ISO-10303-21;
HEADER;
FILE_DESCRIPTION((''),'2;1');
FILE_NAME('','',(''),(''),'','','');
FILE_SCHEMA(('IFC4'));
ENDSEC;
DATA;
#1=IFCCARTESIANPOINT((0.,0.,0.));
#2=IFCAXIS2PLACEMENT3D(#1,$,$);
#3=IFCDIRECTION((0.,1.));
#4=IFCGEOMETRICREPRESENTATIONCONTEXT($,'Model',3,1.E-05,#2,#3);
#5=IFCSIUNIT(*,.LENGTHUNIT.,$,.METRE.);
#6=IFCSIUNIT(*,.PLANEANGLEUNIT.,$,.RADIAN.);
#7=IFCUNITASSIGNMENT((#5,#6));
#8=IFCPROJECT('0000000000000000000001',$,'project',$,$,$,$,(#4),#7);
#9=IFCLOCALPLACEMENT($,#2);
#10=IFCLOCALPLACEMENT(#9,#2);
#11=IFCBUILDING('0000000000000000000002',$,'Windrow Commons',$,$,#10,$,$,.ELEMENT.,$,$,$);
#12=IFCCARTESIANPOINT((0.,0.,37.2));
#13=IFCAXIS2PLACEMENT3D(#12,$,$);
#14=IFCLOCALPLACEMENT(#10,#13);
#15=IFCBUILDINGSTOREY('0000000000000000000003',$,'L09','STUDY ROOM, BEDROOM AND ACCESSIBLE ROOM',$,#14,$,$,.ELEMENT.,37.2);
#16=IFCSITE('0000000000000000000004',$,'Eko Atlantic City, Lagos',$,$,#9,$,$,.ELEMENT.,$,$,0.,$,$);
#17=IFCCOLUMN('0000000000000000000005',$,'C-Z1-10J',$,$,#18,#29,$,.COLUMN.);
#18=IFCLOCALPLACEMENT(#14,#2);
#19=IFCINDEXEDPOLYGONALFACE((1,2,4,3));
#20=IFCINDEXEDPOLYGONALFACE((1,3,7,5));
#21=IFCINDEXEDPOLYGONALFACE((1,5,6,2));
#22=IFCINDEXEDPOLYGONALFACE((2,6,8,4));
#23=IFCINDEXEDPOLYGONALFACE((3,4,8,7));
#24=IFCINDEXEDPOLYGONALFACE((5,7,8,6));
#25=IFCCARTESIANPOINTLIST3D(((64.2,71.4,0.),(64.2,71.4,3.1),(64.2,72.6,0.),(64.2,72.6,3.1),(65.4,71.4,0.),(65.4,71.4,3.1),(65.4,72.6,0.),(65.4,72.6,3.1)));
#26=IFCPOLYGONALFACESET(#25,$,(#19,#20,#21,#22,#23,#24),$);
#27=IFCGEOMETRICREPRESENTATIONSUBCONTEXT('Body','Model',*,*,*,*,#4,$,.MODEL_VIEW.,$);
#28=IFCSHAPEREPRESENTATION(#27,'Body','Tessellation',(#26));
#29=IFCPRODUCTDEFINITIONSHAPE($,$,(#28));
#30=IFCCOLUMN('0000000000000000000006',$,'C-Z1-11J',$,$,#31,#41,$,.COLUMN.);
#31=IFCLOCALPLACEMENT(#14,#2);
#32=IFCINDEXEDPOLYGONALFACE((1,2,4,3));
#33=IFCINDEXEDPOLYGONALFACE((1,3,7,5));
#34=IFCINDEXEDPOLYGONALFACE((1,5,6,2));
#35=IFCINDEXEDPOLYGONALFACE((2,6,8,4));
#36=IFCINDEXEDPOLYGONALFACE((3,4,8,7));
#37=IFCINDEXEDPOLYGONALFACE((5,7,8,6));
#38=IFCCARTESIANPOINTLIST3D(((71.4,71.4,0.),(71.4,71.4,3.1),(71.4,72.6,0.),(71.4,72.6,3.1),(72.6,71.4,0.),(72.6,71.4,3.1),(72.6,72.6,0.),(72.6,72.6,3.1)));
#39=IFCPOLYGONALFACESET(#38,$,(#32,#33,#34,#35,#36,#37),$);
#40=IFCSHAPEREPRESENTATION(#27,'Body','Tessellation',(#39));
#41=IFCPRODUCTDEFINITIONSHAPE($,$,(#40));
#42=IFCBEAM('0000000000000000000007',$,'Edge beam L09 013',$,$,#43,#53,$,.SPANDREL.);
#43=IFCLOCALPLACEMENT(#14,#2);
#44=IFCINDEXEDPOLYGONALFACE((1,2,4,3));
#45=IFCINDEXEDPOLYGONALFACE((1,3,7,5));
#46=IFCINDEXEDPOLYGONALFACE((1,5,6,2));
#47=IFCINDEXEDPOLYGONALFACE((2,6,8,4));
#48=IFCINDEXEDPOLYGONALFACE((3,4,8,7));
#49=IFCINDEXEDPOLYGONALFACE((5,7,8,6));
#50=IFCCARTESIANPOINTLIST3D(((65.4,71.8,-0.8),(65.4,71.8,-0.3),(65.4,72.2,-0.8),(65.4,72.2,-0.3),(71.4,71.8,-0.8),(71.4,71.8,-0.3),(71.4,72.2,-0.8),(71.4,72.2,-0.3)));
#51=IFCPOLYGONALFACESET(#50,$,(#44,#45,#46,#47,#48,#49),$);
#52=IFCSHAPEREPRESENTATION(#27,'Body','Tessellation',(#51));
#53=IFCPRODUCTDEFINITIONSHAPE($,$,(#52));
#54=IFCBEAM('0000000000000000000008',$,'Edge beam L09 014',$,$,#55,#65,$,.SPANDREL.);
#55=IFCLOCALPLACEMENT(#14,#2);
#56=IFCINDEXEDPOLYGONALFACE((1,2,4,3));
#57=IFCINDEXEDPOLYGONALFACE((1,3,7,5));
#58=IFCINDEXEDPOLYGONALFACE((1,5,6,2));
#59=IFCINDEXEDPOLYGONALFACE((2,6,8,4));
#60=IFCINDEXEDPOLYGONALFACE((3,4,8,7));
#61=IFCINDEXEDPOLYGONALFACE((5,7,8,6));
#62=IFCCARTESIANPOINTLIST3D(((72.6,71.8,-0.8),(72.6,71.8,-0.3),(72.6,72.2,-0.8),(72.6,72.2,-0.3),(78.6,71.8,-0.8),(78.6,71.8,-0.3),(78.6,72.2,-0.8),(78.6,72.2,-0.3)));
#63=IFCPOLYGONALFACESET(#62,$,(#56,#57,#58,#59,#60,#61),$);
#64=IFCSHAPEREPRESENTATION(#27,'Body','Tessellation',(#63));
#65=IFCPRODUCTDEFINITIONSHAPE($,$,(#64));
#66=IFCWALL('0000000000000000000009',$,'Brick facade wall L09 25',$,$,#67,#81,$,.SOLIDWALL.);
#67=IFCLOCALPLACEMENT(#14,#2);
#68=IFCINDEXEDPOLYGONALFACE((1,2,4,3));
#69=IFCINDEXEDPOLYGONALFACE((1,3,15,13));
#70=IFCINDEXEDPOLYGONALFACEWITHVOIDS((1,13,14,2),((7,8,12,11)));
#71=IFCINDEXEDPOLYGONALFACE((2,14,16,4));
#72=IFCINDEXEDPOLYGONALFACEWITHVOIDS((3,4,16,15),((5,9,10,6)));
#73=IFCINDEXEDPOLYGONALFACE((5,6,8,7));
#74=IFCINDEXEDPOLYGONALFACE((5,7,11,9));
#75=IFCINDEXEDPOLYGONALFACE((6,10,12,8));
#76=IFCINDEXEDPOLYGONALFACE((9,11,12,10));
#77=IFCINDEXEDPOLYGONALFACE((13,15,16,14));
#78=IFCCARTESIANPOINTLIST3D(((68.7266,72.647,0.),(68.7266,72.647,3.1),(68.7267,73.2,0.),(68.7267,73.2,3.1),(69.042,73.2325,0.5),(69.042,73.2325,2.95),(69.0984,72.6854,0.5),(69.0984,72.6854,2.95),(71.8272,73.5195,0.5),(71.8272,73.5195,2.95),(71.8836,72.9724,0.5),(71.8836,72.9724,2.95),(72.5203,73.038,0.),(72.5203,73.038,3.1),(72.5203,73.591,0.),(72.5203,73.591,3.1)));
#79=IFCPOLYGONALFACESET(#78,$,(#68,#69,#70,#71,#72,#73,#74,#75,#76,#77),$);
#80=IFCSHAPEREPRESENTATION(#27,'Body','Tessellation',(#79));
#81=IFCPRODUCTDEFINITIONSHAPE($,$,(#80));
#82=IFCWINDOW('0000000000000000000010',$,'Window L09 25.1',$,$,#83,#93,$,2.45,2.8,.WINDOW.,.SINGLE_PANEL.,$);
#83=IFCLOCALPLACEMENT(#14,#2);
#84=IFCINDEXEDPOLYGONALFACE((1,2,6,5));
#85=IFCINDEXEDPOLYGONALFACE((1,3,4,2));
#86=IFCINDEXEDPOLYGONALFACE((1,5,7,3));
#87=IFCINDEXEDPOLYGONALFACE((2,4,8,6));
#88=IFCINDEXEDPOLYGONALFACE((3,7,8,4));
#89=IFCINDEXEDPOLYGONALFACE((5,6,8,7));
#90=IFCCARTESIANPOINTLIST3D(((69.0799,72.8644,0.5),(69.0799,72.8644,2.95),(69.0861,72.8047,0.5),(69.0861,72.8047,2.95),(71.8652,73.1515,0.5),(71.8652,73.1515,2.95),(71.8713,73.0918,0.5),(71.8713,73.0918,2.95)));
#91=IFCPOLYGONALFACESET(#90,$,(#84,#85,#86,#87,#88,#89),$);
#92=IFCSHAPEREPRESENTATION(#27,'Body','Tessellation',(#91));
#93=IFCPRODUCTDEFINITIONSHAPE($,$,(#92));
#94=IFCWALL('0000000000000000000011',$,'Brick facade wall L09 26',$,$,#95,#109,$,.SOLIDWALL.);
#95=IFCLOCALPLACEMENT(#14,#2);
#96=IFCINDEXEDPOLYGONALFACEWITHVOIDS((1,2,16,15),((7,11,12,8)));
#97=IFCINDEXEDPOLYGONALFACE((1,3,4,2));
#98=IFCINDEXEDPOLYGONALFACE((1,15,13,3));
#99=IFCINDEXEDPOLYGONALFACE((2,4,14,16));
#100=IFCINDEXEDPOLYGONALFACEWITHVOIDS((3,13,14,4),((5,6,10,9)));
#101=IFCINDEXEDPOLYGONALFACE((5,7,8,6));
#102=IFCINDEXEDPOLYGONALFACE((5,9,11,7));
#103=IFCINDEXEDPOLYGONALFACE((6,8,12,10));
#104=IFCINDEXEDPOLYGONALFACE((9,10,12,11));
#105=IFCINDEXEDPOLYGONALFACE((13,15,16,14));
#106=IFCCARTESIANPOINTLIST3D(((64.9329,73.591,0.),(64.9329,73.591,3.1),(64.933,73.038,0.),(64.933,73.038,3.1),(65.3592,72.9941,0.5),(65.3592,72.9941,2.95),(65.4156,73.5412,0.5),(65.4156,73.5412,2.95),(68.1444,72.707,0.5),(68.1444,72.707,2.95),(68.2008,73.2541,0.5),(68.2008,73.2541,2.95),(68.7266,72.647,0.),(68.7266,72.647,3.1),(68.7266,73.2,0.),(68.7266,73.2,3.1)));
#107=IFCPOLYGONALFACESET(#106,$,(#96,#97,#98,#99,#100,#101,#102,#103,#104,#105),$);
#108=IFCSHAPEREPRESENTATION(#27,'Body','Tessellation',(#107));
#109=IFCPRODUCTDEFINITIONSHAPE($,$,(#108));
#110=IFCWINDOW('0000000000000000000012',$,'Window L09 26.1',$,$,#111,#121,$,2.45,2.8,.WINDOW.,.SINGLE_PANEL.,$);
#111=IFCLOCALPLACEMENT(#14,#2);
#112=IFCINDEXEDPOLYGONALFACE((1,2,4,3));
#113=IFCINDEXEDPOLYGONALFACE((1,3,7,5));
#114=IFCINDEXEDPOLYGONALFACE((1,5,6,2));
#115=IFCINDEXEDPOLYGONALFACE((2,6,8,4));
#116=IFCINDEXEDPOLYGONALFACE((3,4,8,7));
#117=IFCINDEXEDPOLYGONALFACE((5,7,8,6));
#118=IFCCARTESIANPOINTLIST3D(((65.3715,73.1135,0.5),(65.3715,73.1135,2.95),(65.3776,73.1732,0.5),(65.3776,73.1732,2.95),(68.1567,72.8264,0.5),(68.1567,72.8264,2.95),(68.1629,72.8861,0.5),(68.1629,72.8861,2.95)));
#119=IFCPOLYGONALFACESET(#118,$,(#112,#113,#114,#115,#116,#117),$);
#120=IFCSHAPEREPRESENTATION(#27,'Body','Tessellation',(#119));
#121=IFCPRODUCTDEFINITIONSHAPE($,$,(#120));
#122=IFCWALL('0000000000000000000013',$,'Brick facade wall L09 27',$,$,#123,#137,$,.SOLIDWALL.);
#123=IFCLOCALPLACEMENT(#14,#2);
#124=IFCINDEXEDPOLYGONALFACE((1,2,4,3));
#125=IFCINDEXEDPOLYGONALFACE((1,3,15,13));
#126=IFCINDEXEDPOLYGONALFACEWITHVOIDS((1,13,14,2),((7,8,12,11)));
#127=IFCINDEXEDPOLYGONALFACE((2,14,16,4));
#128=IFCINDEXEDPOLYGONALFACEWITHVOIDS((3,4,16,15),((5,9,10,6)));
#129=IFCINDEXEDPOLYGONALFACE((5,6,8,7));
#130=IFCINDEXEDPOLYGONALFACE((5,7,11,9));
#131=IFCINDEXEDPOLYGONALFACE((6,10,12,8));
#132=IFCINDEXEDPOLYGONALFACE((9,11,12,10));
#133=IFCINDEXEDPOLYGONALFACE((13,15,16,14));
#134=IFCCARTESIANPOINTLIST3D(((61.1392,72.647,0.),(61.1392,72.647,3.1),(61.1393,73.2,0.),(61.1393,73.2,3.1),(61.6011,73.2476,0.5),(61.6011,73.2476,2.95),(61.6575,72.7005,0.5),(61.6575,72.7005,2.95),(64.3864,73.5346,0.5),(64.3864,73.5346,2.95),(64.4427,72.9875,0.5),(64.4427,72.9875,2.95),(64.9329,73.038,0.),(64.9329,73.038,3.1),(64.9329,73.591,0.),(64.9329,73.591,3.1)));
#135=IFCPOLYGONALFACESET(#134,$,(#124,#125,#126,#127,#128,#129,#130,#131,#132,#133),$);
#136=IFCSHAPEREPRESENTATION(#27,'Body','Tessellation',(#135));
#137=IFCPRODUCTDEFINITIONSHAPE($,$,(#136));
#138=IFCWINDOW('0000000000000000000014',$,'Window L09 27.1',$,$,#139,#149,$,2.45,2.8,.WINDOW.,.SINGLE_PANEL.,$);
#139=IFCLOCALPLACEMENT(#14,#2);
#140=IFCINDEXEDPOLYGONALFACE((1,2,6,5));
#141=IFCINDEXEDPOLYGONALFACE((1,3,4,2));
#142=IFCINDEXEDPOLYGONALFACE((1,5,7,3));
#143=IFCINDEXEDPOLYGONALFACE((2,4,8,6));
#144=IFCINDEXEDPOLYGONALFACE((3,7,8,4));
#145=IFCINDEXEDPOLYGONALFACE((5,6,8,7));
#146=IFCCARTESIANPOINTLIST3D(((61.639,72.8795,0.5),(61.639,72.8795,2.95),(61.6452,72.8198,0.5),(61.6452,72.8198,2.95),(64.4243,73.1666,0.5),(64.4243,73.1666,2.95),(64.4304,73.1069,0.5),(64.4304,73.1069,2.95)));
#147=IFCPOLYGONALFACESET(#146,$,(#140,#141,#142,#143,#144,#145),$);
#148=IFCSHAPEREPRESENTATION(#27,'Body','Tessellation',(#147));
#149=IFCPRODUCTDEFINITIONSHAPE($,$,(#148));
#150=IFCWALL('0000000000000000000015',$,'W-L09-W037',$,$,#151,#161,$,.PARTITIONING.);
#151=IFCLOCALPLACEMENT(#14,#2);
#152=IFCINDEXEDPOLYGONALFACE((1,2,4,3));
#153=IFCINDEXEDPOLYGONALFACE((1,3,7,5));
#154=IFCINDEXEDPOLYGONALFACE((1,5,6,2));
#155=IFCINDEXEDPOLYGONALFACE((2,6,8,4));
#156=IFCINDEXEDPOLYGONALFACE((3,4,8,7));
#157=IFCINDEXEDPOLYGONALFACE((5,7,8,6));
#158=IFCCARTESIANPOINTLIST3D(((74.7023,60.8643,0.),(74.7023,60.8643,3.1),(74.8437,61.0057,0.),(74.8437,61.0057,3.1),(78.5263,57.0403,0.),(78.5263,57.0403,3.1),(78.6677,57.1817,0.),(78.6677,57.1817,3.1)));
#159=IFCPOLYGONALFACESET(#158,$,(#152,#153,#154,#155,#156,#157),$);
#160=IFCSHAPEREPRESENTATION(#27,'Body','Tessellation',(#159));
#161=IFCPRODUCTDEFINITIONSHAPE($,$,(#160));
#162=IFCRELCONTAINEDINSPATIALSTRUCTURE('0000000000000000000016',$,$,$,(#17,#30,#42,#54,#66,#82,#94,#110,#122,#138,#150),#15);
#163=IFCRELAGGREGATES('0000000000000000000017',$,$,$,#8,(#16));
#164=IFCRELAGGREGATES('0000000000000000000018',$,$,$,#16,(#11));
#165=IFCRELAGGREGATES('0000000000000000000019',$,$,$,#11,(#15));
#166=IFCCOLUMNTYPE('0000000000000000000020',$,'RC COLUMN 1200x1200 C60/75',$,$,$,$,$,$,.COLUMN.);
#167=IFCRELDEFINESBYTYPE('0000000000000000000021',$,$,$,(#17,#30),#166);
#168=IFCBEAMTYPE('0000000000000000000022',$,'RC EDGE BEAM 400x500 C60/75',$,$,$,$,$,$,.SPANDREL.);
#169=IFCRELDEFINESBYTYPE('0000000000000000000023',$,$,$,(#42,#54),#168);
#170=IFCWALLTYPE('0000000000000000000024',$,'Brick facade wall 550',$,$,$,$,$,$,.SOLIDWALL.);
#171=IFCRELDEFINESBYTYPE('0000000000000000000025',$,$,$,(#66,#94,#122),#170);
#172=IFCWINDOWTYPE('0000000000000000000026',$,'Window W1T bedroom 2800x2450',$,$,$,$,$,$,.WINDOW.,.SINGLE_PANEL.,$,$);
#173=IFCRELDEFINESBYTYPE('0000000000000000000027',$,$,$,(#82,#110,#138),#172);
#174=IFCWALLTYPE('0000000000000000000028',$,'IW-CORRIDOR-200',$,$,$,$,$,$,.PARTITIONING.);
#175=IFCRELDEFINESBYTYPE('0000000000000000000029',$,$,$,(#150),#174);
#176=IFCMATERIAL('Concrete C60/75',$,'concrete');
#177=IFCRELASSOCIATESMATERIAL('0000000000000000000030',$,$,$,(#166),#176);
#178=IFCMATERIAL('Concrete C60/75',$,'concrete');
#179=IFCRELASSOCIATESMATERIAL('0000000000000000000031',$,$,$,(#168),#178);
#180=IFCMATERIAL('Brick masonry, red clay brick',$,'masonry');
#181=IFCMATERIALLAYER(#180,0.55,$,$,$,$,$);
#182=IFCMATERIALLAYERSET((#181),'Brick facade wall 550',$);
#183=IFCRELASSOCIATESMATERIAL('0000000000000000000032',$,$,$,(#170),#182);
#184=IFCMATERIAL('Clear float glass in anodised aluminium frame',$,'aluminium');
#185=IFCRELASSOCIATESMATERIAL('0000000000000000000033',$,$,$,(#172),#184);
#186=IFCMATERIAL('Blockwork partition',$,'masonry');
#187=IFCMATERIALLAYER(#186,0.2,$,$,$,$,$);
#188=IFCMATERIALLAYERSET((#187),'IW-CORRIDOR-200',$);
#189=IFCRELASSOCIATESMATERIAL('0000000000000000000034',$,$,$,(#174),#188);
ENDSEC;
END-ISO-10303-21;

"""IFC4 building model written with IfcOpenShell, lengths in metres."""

from ifc_helpers import new_model, si_unit, direction, frame, frame_2d, origin, origin_2d, place, context, subcontext, project, spatial, polyline, rectangle, outline, extrude, material, layer, layer_set, material_profile, profile_set, type_object, element, fill, save


model = new_model("IFC4")

# Units and contexts
model_context = context("Model", 3, precision=1e-05, world=origin(), true_north=direction((0.0, 1.0)))
body_context = subcontext(model_context, "Body", "Model", "MODEL_VIEW")
ifc_project = project(units=[si_unit("LENGTHUNIT", "METRE"), si_unit("PLANEANGLEUNIT", "RADIAN")], contexts=[model_context])

# Site, building, storey
site_placement = place(None, origin())
site = spatial("IfcSite", under=ifc_project, at=site_placement, Name="Eko Atlantic City, Lagos", CompositionType="ELEMENT", RefElevation=0.0)
building_placement = place(site_placement, origin())
building = spatial("IfcBuilding", under=site, at=building_placement, Name="Windrow Commons", CompositionType="ELEMENT")
storey_placement = place(building_placement, frame((0.0, 0.0, 37.2)))
storey = spatial("IfcBuildingStorey", under=building, at=storey_placement, Name="L09", Description="STUDY ROOM, BEDROOM AND ACCESSIBLE ROOM", CompositionType="ELEMENT", Elevation=37.2)

# Columns
ifc_material_1 = material(Name="Concrete C60/75", Category="concrete")
ifc_material_profile_1 = material_profile(ifc_material_1, rectangle(XDim=1.2, YDim=1.2, at=origin_2d()))
ifc_profile_set_1 = profile_set([ifc_material_profile_1], Name="Concrete C60/75")
column_type = type_object("IfcColumnType", Name="RC COLUMN 1200x1200 C60/75", PredefinedType="COLUMN", material=ifc_profile_set_1)
for number, where, z_axis, x_axis, name in (
    (1, (64.8, 72.0, 0.0), (0.0, 0.0, 1.0), (1.0, 0.0, 0.0), "C-Z1-10J"),
    (2, (72.0, 72.0, 0.0), (0.0, 0.0, 1.0), (1.0, 0.0, 0.0), "C-Z1-11J"),
):
    element("IfcColumn", number, at=place(storey_placement, frame(where, z_axis=z_axis, x_axis=x_axis)), inside=storey, type_object=column_type, Name=name, PredefinedType="COLUMN", context=body_context, shape_type="SweptSolid", body=[
        extrude(rectangle(XDim=1.2, YDim=1.2, at=origin_2d()), origin(), (0.0, 0.0, 1.0), 3.1),
    ])

# Beams
ifc_material_2 = material(Name="Concrete C60/75", Category="concrete")
ifc_material_profile_2 = material_profile(ifc_material_2, rectangle(XDim=0.4, YDim=0.5, at=origin_2d()))
ifc_profile_set_2 = profile_set([ifc_material_profile_2], Name="Concrete C60/75")
beam_type = type_object("IfcBeamType", Name="RC EDGE BEAM 400x500 C60/75", PredefinedType="SPANDREL", material=ifc_profile_set_2)
for number, where, z_axis, x_axis, name in (
    (3, (65.4, 72.0, -0.55), (1.0, 0.0, 0.0), (0.0, 1.0, 0.0), "Edge beam L09 013"),
    (4, (72.6, 72.0, -0.55), (1.0, 0.0, 0.0), (0.0, 1.0, 0.0), "Edge beam L09 014"),
):
    element("IfcBeam", number, at=place(storey_placement, frame(where, z_axis=z_axis, x_axis=x_axis)), inside=storey, type_object=beam_type, Name=name, PredefinedType="SPANDREL", context=body_context, shape_type="SweptSolid", body=[
        extrude(rectangle(XDim=0.4, YDim=0.5, at=origin_2d()), origin(), (0.0, 0.0, 1.0), 6.0),
    ])

# Walls, openings, windows
ifc_material_3 = material(Name="Brick masonry, red clay brick", Category="masonry")
ifc_layer_1 = layer(ifc_material_3, 0.55)
ifc_layer_set_1 = layer_set([ifc_layer_1], Name="Brick facade wall 550")
wall_type_1 = type_object("IfcWallType", Name="Brick facade wall 550", PredefinedType="SOLIDWALL", material=ifc_layer_set_1)
wall_1_placement = place(storey_placement, frame((72.5203, 73.3145, 0.0), z_axis=(0.0, 0.0, 1.0), x_axis=(-0.994731, -0.102523, 0.0)))
wall_1 = element("IfcWall", 5, at=wall_1_placement, inside=storey, type_object=wall_type_1, Name="Brick facade wall L09 25", PredefinedType="SOLIDWALL", context=body_context, shape_type="SweptSolid", body=[
    extrude(outline(polyline([(-0.0283, -0.275), (3.7854, -0.275), (3.8421, 0.275), (0.0283, 0.275), (-0.0283, -0.275)])), origin(), (0.0, 0.0, 1.0), 3.1),
])
opening_1_placement = place(wall_1_placement, frame((0.6684, 0.0, 0.5)))
opening_1 = element("IfcOpeningElement", 6, at=opening_1_placement, cuts=wall_1, PredefinedType="OPENING", context=body_context, shape_type="SweptSolid", body=[
    extrude(rectangle(XDim=2.8, YDim=2.45, at=frame_2d((1.4, 1.225))), frame((0.0, 0.285, 0.0), z_axis=(0.0, -1.0, 0.0), x_axis=(1.0, 0.0, 0.0)), (0.0, 0.0, 1.0), 0.57),
])
ifc_material_4 = material(Name="Clear float glass in anodised aluminium frame", Category="aluminium")
window_type = type_object("IfcWindowType", Name="Window W1T bedroom 2800x2450", PartitioningType="SINGLE_PANEL", PredefinedType="WINDOW", material=ifc_material_4)
window_1_placement = place(opening_1_placement, origin())
window_1 = element("IfcWindow", 7, at=window_1_placement, inside=storey, type_object=window_type, Name="Window L09 25.1", OverallHeight=2.45, OverallWidth=2.8, PartitioningType="SINGLE_PANEL", PredefinedType="WINDOW", context=body_context, shape_type="SweptSolid", body=[
    extrude(rectangle(XDim=2.8, YDim=2.45, at=frame_2d((1.4, 1.225))), frame((0.0, 0.155, 0.0), z_axis=(0.0, -1.0, 0.0), x_axis=(1.0, 0.0, 0.0)), (0.0, 0.0, 1.0), 0.06),
])
fill(opening_1, window_1)
wall_2_placement = place(storey_placement, frame((68.7266, 72.9235, 0.0), z_axis=(0.0, 0.0, 1.0), x_axis=(-0.994731, 0.102523, 0.0)))
wall_2 = element("IfcWall", 8, at=wall_2_placement, inside=storey, type_object=wall_type_1, Name="Brick facade wall L09 26", PredefinedType="SOLIDWALL", context=body_context, shape_type="SweptSolid", body=[
    extrude(outline(polyline([(0.0283, -0.275), (3.8421, -0.275), (3.7854, 0.275), (-0.0283, 0.275), (0.0283, -0.275)])), origin(), (0.0, 0.0, 1.0), 3.1),
])
opening_2_placement = place(wall_2_placement, frame((0.5569, 0.0, 0.5)))
opening_2 = element("IfcOpeningElement", 9, at=opening_2_placement, cuts=wall_2, PredefinedType="OPENING", context=body_context, shape_type="SweptSolid", body=[
    extrude(rectangle(XDim=2.8, YDim=2.45, at=frame_2d((1.4, 1.225))), frame((0.0, 0.285, 0.0), z_axis=(0.0, -1.0, 0.0), x_axis=(1.0, 0.0, 0.0)), (0.0, 0.0, 1.0), 0.57),
])
window_2_placement = place(opening_2_placement, origin())
window_2 = element("IfcWindow", 10, at=window_2_placement, inside=storey, type_object=window_type, Name="Window L09 26.1", OverallHeight=2.45, OverallWidth=2.8, PartitioningType="SINGLE_PANEL", PredefinedType="WINDOW", context=body_context, shape_type="SweptSolid", body=[
    extrude(rectangle(XDim=2.8, YDim=2.45, at=frame_2d((1.4, 1.225))), frame((0.0, 0.155, 0.0), z_axis=(0.0, -1.0, 0.0), x_axis=(1.0, 0.0, 0.0)), (0.0, 0.0, 1.0), 0.06),
])
fill(opening_2, window_2)
wall_3_placement = place(storey_placement, frame((64.9329, 73.3145, 0.0), z_axis=(0.0, 0.0, 1.0), x_axis=(-0.99473, -0.102525, 0.0)))
wall_3 = element("IfcWall", 11, at=wall_3_placement, inside=storey, type_object=wall_type_1, Name="Brick facade wall L09 27", PredefinedType="SOLIDWALL", context=body_context, shape_type="SweptSolid", body=[
    extrude(outline(polyline([(-0.0283, -0.275), (3.7854, -0.275), (3.8421, 0.275), (0.0283, 0.275), (-0.0283, -0.275)])), origin(), (0.0, 0.0, 1.0), 3.1),
])
opening_3_placement = place(wall_3_placement, frame((0.5211, 0.0, 0.5)))
opening_3 = element("IfcOpeningElement", 12, at=opening_3_placement, cuts=wall_3, PredefinedType="OPENING", context=body_context, shape_type="SweptSolid", body=[
    extrude(rectangle(XDim=2.8, YDim=2.45, at=frame_2d((1.4, 1.225))), frame((0.0, 0.285, 0.0), z_axis=(0.0, -1.0, 0.0), x_axis=(1.0, 0.0, 0.0)), (0.0, 0.0, 1.0), 0.57),
])
window_3_placement = place(opening_3_placement, origin())
window_3 = element("IfcWindow", 13, at=window_3_placement, inside=storey, type_object=window_type, Name="Window L09 27.1", OverallHeight=2.45, OverallWidth=2.8, PartitioningType="SINGLE_PANEL", PredefinedType="WINDOW", context=body_context, shape_type="SweptSolid", body=[
    extrude(rectangle(XDim=2.8, YDim=2.45, at=frame_2d((1.4, 1.225))), frame((0.0, 0.155, 0.0), z_axis=(0.0, -1.0, 0.0), x_axis=(1.0, 0.0, 0.0)), (0.0, 0.0, 1.0), 0.06),
])
fill(opening_3, window_3)

# Wall
ifc_material_5 = material(Name="Blockwork partition", Category="masonry")
ifc_layer_2 = layer(ifc_material_5, 0.2)
ifc_layer_set_2 = layer_set([ifc_layer_2], Name="IW-CORRIDOR-200")
wall_type_2 = type_object("IfcWallType", Name="IW-CORRIDOR-200", PredefinedType="PARTITIONING", material=ifc_layer_set_2)
wall_4_placement = place(storey_placement, frame((74.773, 60.935, 0.0), z_axis=(0.0, 0.0, 1.0), x_axis=(0.707107, -0.707107, 0.0)))
element("IfcWall", 14, at=wall_4_placement, inside=storey, type_object=wall_type_2, Name="W-L09-W037", PredefinedType="PARTITIONING", context=body_context, shape_type="SweptSolid", body=[
    extrude(rectangle(XDim=5.408, YDim=0.2, at=frame_2d((2.704, 0.0))), origin(), (0.0, 0.0, 1.0), 3.1),
])

save(model, "model.ifc")
